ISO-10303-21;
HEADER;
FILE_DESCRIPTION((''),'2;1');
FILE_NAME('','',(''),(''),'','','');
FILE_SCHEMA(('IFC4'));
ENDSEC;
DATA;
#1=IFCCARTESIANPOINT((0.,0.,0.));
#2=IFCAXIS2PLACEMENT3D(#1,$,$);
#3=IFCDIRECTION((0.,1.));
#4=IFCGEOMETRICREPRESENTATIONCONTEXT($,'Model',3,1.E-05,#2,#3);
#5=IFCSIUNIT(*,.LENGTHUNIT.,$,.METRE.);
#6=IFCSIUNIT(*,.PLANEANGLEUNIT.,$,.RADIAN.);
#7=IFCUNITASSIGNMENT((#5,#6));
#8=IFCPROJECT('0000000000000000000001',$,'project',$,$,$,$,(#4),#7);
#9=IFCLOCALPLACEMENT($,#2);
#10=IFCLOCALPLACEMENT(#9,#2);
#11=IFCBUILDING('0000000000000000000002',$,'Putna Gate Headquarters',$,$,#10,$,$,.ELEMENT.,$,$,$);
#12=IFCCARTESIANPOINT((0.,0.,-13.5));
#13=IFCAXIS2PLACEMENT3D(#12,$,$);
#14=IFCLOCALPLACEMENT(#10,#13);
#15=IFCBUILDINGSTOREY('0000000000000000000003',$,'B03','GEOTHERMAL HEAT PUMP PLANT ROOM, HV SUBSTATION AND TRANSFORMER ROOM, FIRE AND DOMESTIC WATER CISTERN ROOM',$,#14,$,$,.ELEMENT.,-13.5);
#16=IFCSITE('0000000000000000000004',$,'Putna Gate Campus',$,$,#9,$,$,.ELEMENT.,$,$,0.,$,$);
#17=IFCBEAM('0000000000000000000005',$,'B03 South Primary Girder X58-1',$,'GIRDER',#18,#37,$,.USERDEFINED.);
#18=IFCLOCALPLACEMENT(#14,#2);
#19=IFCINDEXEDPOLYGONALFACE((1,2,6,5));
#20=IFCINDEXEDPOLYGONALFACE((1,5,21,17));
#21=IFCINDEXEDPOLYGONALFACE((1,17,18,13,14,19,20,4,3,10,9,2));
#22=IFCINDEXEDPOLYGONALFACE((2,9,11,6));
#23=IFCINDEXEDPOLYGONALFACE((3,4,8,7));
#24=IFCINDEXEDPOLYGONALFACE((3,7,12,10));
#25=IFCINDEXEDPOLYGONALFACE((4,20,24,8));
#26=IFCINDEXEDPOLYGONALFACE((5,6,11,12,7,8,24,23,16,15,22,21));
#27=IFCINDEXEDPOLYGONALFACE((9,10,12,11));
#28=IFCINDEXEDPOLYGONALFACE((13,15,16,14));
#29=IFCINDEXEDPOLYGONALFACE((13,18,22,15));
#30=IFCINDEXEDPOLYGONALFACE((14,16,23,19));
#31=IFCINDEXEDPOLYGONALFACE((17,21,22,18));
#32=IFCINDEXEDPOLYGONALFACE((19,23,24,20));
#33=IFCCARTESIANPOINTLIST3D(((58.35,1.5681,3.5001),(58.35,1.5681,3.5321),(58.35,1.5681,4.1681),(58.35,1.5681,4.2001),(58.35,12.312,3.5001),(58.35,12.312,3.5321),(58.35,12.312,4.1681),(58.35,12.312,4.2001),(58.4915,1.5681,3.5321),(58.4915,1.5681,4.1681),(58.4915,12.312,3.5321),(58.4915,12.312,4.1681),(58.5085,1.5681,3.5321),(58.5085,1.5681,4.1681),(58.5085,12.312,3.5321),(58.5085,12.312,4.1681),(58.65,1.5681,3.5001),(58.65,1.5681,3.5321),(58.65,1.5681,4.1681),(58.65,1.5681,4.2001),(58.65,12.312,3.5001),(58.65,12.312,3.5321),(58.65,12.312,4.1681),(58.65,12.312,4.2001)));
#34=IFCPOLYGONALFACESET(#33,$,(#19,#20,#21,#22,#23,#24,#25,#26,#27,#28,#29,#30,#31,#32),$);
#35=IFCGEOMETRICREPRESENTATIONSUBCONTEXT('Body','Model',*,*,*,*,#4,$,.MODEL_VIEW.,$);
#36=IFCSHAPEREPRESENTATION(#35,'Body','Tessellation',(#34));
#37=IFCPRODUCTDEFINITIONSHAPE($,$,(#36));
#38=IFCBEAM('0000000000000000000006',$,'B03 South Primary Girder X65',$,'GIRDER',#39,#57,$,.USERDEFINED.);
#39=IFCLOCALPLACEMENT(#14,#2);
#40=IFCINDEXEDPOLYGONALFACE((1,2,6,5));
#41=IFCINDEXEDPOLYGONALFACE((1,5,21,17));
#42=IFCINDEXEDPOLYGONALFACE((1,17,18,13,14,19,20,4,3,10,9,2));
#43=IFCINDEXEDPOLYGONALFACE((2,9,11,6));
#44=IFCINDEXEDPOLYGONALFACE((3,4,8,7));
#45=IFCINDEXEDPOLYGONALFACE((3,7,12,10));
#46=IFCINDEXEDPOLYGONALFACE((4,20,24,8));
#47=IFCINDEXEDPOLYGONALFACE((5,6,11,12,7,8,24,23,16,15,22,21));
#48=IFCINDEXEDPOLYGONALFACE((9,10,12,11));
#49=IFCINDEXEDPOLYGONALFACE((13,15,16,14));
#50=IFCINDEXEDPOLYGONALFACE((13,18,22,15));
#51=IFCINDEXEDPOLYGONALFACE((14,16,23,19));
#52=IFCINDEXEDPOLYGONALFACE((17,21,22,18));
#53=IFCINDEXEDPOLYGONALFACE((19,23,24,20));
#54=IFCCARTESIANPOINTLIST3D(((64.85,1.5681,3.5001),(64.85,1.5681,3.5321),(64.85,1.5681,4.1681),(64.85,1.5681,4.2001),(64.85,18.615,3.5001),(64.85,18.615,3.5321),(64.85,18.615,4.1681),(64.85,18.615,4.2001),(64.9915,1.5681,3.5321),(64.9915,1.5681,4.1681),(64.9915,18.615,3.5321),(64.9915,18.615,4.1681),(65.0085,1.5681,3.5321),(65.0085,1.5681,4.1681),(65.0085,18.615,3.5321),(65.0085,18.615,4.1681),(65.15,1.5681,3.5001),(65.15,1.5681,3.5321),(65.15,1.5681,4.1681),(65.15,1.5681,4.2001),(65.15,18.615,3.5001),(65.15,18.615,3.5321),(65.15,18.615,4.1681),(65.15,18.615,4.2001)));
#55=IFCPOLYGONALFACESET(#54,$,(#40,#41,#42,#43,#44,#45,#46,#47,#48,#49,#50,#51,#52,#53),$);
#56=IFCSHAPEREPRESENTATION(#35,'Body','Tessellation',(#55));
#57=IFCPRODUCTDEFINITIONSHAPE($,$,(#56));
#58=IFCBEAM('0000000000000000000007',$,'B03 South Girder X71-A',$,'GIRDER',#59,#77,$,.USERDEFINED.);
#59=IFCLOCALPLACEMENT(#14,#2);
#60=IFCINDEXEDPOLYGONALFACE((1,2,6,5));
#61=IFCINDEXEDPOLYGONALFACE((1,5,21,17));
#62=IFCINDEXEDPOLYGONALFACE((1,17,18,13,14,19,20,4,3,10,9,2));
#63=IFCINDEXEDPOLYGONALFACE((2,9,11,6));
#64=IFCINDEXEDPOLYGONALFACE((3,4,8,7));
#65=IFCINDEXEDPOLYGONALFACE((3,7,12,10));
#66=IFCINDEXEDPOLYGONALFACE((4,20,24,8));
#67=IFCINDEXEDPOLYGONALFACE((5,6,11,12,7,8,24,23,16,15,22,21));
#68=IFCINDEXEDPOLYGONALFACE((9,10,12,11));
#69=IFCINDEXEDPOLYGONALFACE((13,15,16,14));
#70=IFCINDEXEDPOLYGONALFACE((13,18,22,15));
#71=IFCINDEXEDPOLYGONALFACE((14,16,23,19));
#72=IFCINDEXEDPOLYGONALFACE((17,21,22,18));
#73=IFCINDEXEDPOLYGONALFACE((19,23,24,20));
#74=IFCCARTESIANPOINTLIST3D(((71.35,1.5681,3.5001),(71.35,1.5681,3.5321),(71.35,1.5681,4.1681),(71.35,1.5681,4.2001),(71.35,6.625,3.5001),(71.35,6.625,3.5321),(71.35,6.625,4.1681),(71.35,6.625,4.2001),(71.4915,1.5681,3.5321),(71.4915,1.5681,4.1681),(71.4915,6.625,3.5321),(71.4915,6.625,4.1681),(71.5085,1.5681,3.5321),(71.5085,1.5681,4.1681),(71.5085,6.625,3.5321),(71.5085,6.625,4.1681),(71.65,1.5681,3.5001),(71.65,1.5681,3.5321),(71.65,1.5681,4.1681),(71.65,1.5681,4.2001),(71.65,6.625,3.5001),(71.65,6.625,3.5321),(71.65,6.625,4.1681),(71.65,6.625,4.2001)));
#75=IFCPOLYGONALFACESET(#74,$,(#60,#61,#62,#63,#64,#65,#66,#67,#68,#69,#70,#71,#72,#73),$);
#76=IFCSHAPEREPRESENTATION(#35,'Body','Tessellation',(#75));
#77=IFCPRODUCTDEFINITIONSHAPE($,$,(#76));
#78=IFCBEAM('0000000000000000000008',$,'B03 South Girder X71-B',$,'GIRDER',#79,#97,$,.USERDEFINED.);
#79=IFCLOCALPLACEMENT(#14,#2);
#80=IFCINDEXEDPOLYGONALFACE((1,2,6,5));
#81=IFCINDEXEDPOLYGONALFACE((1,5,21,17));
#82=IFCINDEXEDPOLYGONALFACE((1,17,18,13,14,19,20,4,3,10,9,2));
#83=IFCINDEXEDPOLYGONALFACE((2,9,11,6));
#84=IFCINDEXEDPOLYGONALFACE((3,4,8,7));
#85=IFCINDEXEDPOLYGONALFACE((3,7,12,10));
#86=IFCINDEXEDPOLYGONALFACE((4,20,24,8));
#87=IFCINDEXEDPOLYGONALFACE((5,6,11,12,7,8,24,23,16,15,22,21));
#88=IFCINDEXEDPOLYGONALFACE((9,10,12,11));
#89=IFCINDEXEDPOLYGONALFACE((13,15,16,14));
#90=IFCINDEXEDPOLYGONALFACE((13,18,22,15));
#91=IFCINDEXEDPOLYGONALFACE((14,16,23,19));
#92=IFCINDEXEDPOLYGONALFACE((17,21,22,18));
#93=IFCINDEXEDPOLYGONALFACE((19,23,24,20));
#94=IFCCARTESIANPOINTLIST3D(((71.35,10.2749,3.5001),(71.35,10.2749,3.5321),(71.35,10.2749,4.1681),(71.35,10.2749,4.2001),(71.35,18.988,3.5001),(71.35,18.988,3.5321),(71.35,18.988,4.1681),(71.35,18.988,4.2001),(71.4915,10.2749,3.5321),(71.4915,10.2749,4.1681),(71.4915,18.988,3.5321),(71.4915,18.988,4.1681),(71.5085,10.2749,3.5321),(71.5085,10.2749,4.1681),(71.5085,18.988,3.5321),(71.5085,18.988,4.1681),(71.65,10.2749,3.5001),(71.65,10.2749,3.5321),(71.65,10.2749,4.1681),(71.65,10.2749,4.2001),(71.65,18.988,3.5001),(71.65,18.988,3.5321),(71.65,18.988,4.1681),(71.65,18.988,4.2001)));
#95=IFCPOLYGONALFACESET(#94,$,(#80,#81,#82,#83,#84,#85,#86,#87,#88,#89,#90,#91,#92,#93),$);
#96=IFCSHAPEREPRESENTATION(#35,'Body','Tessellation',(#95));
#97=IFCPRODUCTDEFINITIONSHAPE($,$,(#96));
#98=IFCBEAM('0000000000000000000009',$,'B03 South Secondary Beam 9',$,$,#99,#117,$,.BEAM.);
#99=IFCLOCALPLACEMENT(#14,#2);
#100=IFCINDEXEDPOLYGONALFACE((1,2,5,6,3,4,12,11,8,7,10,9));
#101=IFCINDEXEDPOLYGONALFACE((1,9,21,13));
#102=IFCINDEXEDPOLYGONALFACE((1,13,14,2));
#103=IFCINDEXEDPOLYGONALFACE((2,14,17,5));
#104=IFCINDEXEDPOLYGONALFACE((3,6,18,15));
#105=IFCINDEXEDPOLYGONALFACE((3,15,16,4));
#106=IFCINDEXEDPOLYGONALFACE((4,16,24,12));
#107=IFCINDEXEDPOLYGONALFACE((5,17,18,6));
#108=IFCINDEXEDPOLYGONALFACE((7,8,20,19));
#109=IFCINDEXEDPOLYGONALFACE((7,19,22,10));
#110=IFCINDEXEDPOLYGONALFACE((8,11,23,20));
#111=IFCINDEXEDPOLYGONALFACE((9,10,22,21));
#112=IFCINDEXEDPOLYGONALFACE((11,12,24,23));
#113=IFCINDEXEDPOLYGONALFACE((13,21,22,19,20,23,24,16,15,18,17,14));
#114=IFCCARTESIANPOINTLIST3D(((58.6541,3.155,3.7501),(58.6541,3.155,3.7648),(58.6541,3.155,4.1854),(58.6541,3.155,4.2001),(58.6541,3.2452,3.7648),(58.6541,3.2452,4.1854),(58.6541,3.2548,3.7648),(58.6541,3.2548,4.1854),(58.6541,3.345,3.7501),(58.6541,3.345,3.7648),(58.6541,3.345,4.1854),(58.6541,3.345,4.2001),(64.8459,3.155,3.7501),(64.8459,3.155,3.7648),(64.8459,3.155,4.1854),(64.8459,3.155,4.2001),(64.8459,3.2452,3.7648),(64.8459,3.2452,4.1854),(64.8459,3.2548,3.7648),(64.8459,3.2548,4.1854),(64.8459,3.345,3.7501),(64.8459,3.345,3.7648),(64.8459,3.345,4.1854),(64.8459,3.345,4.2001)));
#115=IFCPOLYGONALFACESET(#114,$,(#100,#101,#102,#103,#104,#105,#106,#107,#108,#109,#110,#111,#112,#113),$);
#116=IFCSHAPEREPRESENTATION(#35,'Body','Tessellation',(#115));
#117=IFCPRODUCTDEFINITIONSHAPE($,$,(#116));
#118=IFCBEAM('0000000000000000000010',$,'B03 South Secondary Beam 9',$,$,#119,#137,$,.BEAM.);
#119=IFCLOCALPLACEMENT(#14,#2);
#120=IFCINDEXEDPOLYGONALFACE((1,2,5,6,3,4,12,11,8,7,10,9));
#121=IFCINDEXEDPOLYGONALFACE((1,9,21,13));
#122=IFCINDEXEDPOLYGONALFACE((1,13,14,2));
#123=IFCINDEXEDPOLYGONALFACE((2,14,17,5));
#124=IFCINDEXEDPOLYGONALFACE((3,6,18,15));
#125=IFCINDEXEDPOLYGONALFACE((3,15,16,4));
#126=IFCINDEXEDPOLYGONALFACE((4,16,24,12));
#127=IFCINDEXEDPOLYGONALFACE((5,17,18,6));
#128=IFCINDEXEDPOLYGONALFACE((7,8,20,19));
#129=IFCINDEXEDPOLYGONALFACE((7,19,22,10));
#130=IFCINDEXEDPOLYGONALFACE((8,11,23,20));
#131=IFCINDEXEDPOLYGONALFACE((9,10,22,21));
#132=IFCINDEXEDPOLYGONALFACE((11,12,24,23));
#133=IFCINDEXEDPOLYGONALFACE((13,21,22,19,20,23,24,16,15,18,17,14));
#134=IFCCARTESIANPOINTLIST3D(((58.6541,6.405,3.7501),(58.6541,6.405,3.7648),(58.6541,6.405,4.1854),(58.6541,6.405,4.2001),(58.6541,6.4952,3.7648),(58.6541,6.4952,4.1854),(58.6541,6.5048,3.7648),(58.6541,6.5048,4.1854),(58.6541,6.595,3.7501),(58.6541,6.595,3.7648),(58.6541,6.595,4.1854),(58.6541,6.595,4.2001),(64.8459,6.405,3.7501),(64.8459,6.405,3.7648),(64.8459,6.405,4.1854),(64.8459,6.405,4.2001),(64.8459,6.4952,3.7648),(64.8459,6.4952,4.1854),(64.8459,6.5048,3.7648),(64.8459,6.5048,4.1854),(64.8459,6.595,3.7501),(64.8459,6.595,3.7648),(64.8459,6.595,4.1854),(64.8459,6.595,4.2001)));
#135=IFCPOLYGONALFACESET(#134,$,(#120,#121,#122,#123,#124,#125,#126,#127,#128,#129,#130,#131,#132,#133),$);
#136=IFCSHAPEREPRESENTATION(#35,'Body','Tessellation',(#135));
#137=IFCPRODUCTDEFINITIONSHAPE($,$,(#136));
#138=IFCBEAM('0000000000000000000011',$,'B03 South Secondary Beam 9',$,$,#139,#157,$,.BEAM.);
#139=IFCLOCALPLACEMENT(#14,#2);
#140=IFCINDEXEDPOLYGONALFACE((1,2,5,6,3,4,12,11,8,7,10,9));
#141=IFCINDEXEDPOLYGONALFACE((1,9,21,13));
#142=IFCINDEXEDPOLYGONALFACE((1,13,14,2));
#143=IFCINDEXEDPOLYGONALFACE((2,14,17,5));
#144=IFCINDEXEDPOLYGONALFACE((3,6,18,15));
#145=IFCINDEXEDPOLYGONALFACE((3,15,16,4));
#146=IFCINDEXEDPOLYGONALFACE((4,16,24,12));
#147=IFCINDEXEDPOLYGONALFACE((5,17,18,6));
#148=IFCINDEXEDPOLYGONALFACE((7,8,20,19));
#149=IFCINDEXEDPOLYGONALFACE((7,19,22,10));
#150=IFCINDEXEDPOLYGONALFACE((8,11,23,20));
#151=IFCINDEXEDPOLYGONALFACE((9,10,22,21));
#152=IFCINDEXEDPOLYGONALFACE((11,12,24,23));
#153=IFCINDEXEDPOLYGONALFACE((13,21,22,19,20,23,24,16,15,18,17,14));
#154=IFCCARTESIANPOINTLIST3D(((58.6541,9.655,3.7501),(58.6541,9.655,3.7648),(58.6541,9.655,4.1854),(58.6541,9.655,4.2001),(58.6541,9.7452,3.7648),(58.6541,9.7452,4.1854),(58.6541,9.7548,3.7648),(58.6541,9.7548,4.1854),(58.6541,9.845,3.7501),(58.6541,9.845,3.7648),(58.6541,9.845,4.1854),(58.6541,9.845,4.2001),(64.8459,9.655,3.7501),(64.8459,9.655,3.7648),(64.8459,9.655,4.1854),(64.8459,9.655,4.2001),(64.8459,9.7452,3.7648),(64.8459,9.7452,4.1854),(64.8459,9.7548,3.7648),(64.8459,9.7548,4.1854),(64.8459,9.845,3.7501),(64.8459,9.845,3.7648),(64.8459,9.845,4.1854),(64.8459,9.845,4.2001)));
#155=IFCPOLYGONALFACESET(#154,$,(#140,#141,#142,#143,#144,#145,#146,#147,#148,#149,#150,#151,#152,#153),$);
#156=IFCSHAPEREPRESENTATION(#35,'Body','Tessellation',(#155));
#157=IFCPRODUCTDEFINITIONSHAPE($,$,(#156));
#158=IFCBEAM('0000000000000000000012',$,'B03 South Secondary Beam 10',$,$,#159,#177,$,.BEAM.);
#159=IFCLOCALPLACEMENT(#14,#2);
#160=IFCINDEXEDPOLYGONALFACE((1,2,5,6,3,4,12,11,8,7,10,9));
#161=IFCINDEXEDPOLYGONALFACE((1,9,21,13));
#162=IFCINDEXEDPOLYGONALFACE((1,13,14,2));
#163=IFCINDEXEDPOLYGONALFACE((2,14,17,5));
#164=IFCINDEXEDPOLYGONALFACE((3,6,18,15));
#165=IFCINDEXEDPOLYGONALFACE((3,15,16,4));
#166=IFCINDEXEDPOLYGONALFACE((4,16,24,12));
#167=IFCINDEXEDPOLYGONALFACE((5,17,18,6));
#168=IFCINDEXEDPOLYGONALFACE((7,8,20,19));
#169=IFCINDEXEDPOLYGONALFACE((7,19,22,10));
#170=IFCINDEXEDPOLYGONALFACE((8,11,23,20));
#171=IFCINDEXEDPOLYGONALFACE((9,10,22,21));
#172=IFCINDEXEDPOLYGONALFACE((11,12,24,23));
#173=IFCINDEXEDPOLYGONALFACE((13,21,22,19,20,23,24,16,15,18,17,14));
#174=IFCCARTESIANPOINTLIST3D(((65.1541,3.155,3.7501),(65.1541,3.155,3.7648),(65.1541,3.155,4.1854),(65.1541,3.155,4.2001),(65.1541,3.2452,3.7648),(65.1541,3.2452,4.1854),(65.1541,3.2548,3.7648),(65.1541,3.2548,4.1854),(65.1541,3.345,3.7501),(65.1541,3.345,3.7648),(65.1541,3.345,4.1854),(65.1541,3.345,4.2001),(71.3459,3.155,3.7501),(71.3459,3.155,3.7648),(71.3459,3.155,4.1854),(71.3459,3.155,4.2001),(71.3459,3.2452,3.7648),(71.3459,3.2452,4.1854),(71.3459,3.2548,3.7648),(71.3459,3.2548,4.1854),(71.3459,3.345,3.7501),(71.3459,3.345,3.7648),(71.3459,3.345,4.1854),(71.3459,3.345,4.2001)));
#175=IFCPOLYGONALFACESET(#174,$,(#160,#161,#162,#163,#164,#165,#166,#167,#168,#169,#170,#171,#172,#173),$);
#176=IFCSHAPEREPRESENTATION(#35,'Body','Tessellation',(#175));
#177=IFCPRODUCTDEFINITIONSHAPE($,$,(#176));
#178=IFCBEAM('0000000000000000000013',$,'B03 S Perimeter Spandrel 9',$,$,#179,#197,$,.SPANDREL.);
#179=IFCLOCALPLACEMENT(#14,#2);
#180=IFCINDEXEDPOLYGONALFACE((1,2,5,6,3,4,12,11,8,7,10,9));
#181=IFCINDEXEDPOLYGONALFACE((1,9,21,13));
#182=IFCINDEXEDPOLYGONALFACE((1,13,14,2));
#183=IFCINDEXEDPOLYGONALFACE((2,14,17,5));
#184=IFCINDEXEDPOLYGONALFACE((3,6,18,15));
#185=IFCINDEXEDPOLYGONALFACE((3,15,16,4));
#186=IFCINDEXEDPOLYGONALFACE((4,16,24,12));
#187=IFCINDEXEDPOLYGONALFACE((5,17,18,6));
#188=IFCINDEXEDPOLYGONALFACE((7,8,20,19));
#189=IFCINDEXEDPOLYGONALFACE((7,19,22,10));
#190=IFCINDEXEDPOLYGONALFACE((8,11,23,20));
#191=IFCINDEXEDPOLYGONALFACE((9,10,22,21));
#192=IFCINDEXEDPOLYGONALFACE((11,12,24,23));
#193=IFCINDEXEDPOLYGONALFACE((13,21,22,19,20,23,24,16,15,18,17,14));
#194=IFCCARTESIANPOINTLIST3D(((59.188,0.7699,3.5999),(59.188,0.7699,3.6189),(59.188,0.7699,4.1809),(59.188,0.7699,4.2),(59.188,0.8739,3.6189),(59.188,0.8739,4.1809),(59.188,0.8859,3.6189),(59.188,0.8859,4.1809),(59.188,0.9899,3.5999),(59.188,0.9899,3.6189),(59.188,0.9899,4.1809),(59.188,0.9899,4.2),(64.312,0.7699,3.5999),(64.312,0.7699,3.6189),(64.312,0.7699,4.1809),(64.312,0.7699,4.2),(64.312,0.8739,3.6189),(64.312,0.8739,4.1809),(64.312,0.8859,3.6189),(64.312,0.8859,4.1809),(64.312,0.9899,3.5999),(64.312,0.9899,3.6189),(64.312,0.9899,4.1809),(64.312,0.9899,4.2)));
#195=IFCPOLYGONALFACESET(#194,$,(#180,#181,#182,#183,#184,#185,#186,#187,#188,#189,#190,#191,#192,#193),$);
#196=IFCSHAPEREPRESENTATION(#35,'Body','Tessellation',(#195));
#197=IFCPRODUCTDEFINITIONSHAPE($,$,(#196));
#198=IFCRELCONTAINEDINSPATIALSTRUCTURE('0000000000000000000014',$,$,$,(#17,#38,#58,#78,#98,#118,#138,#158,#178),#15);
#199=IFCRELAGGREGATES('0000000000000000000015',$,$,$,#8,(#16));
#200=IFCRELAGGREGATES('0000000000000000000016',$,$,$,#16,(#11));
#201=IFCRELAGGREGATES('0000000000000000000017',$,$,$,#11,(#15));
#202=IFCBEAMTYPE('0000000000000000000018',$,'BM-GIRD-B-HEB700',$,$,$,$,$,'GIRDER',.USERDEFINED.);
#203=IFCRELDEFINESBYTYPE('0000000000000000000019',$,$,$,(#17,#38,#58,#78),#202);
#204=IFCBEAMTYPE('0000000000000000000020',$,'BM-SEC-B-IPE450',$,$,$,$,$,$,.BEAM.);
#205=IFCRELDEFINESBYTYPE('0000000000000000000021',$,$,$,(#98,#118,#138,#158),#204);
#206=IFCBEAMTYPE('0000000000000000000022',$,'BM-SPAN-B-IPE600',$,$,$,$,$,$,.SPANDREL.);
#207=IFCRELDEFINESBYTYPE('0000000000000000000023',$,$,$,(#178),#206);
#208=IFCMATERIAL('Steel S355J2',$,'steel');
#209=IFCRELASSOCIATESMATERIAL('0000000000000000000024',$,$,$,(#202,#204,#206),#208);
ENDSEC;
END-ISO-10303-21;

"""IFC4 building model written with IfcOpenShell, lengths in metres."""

from ifc_helpers import new_model, si_unit, direction, frame, origin, origin_2d, place, context, subcontext, project, spatial, i_section, extrude, material, material_profile, profile_set, type_object, element, save


model = new_model("IFC4")

# Units and contexts
model_context = context("Model", 3, precision=1e-05, world=origin(), true_north=direction((0.0, 1.0)))
body_context = subcontext(model_context, "Body", "Model", "MODEL_VIEW")
ifc_project = project(units=[si_unit("LENGTHUNIT", "METRE"), si_unit("PLANEANGLEUNIT", "RADIAN")], contexts=[model_context])

# Site, building, storey
site_placement = place(None, origin())
site = spatial("IfcSite", under=ifc_project, at=site_placement, Name="Putna Gate Campus", CompositionType="ELEMENT", RefElevation=0.0)
building_placement = place(site_placement, origin())
building = spatial("IfcBuilding", under=site, at=building_placement, Name="Putna Gate Headquarters", CompositionType="ELEMENT")
storey_placement = place(building_placement, frame((0.0, 0.0, -13.5)))
storey = spatial("IfcBuildingStorey", under=building, at=storey_placement, Name="B03", Description="GEOTHERMAL HEAT PUMP PLANT ROOM, HV SUBSTATION AND TRANSFORMER ROOM, FIRE AND DOMESTIC WATER CISTERN ROOM", CompositionType="ELEMENT", Elevation=-13.5)

# Beams
ifc_material_1 = material(Name="Steel S355J2", Category="steel")
ifc_material_profile_1 = material_profile(ifc_material_1, i_section(OverallWidth=0.3, OverallDepth=0.7, WebThickness=0.0171, FlangeThickness=0.032, at=origin_2d()), Name="Steel S355J2")
ifc_profile_set_1 = profile_set([ifc_material_profile_1], Name="Steel S355J2")
beam_type_1 = type_object("IfcBeamType", Name="BM-GIRD-B-HEB700", ElementType="GIRDER", PredefinedType="USERDEFINED", material=ifc_profile_set_1)
beam_1_placement = place(storey_placement, frame((58.5, 1.5681, 3.8501), z_axis=(0.0, 1.0, 0.0), x_axis=(-1.0, 0.0, 0.0)))
element("IfcBeam", 1, at=beam_1_placement, inside=storey, type_object=beam_type_1, Name="B03 South Primary Girder X58-1", ObjectType="GIRDER", PredefinedType="USERDEFINED", context=body_context, shape_type="SweptSolid", body=[
    extrude(i_section(OverallWidth=0.3, OverallDepth=0.7, WebThickness=0.0171, FlangeThickness=0.032, at=origin_2d()), origin(), (0.0, 0.0, 1.0), 10.7439),
])
beam_2_placement = place(storey_placement, frame((65.0, 1.5681, 3.8501), z_axis=(0.0, 1.0, 0.0), x_axis=(-1.0, 0.0, 0.0)))
element("IfcBeam", 2, at=beam_2_placement, inside=storey, type_object=beam_type_1, Name="B03 South Primary Girder X65", ObjectType="GIRDER", PredefinedType="USERDEFINED", context=body_context, shape_type="SweptSolid", body=[
    extrude(i_section(OverallWidth=0.3, OverallDepth=0.7, WebThickness=0.0171, FlangeThickness=0.032, at=origin_2d()), origin(), (0.0, 0.0, 1.0), 17.0469),
])
beam_3_placement = place(storey_placement, frame((71.5, 1.5681, 3.8501), z_axis=(0.0, 1.0, 0.0), x_axis=(-1.0, 0.0, 0.0)))
element("IfcBeam", 3, at=beam_3_placement, inside=storey, type_object=beam_type_1, Name="B03 South Girder X71-A", ObjectType="GIRDER", PredefinedType="USERDEFINED", context=body_context, shape_type="SweptSolid", body=[
    extrude(i_section(OverallWidth=0.3, OverallDepth=0.7, WebThickness=0.0171, FlangeThickness=0.032, at=origin_2d()), origin(), (0.0, 0.0, 1.0), 5.0569),
])
beam_4_placement = place(storey_placement, frame((71.5, 10.2749, 3.8501), z_axis=(0.0, 1.0, 0.0), x_axis=(-1.0, 0.0, 0.0)))
element("IfcBeam", 4, at=beam_4_placement, inside=storey, type_object=beam_type_1, Name="B03 South Girder X71-B", ObjectType="GIRDER", PredefinedType="USERDEFINED", context=body_context, shape_type="SweptSolid", body=[
    extrude(i_section(OverallWidth=0.3, OverallDepth=0.7, WebThickness=0.0171, FlangeThickness=0.032, at=origin_2d()), origin(), (0.0, 0.0, 1.0), 8.7131),
])
ifc_material_profile_2 = material_profile(ifc_material_1, i_section(OverallWidth=0.1899, OverallDepth=0.45, WebThickness=0.0095, FlangeThickness=0.0146, at=origin_2d()), Name="Steel S355J2")
ifc_profile_set_2 = profile_set([ifc_material_profile_2], Name="Steel S355J2")
beam_type_2 = type_object("IfcBeamType", Name="BM-SEC-B-IPE450", PredefinedType="BEAM", material=ifc_profile_set_2)
for number, where, z_axis, x_axis, name in (
    (5, (58.6541, 3.25, 3.9751), (1.0, 0.0, 0.0), (0.0, 1.0, 0.0), "B03 South Secondary Beam 9"),
    (6, (58.6541, 6.5, 3.9751), (1.0, 0.0, 0.0), (0.0, 1.0, 0.0), "B03 South Secondary Beam 9"),
    (7, (58.6541, 9.75, 3.9751), (1.0, 0.0, 0.0), (0.0, 1.0, 0.0), "B03 South Secondary Beam 9"),
    (8, (65.1541, 3.25, 3.9751), (1.0, 0.0, 0.0), (0.0, 1.0, 0.0), "B03 South Secondary Beam 10"),
):
    element("IfcBeam", number, at=place(storey_placement, frame(where, z_axis=z_axis, x_axis=x_axis)), inside=storey, type_object=beam_type_2, Name=name, PredefinedType="BEAM", context=body_context, shape_type="SweptSolid", body=[
        extrude(i_section(OverallWidth=0.1899, OverallDepth=0.45, WebThickness=0.0095, FlangeThickness=0.0146, at=origin_2d()), origin(), (0.0, 0.0, 1.0), 6.1919),
    ])
ifc_material_profile_3 = material_profile(ifc_material_1, i_section(OverallWidth=0.22, OverallDepth=0.6001, WebThickness=0.012, FlangeThickness=0.019, at=origin_2d()), Name="Steel S355J2")
ifc_profile_set_3 = profile_set([ifc_material_profile_3], Name="Steel S355J2")
beam_type_3 = type_object("IfcBeamType", Name="BM-SPAN-B-IPE600", PredefinedType="SPANDREL", material=ifc_profile_set_3)
for number, where, z_axis, x_axis, name in (
    (9, (59.188, 0.8799, 3.8999), (1.0, 0.0, 0.0), (0.0, 1.0, 0.0), "B03 S Perimeter Spandrel 9"),
):
    element("IfcBeam", number, at=place(storey_placement, frame(where, z_axis=z_axis, x_axis=x_axis)), inside=storey, type_object=beam_type_3, Name=name, PredefinedType="SPANDREL", context=body_context, shape_type="SweptSolid", body=[
        extrude(i_section(OverallWidth=0.22, OverallDepth=0.6001, WebThickness=0.012, FlangeThickness=0.019, at=origin_2d()), origin(), (0.0, 0.0, 1.0), 5.124),
    ])

save(model, "model.ifc")
